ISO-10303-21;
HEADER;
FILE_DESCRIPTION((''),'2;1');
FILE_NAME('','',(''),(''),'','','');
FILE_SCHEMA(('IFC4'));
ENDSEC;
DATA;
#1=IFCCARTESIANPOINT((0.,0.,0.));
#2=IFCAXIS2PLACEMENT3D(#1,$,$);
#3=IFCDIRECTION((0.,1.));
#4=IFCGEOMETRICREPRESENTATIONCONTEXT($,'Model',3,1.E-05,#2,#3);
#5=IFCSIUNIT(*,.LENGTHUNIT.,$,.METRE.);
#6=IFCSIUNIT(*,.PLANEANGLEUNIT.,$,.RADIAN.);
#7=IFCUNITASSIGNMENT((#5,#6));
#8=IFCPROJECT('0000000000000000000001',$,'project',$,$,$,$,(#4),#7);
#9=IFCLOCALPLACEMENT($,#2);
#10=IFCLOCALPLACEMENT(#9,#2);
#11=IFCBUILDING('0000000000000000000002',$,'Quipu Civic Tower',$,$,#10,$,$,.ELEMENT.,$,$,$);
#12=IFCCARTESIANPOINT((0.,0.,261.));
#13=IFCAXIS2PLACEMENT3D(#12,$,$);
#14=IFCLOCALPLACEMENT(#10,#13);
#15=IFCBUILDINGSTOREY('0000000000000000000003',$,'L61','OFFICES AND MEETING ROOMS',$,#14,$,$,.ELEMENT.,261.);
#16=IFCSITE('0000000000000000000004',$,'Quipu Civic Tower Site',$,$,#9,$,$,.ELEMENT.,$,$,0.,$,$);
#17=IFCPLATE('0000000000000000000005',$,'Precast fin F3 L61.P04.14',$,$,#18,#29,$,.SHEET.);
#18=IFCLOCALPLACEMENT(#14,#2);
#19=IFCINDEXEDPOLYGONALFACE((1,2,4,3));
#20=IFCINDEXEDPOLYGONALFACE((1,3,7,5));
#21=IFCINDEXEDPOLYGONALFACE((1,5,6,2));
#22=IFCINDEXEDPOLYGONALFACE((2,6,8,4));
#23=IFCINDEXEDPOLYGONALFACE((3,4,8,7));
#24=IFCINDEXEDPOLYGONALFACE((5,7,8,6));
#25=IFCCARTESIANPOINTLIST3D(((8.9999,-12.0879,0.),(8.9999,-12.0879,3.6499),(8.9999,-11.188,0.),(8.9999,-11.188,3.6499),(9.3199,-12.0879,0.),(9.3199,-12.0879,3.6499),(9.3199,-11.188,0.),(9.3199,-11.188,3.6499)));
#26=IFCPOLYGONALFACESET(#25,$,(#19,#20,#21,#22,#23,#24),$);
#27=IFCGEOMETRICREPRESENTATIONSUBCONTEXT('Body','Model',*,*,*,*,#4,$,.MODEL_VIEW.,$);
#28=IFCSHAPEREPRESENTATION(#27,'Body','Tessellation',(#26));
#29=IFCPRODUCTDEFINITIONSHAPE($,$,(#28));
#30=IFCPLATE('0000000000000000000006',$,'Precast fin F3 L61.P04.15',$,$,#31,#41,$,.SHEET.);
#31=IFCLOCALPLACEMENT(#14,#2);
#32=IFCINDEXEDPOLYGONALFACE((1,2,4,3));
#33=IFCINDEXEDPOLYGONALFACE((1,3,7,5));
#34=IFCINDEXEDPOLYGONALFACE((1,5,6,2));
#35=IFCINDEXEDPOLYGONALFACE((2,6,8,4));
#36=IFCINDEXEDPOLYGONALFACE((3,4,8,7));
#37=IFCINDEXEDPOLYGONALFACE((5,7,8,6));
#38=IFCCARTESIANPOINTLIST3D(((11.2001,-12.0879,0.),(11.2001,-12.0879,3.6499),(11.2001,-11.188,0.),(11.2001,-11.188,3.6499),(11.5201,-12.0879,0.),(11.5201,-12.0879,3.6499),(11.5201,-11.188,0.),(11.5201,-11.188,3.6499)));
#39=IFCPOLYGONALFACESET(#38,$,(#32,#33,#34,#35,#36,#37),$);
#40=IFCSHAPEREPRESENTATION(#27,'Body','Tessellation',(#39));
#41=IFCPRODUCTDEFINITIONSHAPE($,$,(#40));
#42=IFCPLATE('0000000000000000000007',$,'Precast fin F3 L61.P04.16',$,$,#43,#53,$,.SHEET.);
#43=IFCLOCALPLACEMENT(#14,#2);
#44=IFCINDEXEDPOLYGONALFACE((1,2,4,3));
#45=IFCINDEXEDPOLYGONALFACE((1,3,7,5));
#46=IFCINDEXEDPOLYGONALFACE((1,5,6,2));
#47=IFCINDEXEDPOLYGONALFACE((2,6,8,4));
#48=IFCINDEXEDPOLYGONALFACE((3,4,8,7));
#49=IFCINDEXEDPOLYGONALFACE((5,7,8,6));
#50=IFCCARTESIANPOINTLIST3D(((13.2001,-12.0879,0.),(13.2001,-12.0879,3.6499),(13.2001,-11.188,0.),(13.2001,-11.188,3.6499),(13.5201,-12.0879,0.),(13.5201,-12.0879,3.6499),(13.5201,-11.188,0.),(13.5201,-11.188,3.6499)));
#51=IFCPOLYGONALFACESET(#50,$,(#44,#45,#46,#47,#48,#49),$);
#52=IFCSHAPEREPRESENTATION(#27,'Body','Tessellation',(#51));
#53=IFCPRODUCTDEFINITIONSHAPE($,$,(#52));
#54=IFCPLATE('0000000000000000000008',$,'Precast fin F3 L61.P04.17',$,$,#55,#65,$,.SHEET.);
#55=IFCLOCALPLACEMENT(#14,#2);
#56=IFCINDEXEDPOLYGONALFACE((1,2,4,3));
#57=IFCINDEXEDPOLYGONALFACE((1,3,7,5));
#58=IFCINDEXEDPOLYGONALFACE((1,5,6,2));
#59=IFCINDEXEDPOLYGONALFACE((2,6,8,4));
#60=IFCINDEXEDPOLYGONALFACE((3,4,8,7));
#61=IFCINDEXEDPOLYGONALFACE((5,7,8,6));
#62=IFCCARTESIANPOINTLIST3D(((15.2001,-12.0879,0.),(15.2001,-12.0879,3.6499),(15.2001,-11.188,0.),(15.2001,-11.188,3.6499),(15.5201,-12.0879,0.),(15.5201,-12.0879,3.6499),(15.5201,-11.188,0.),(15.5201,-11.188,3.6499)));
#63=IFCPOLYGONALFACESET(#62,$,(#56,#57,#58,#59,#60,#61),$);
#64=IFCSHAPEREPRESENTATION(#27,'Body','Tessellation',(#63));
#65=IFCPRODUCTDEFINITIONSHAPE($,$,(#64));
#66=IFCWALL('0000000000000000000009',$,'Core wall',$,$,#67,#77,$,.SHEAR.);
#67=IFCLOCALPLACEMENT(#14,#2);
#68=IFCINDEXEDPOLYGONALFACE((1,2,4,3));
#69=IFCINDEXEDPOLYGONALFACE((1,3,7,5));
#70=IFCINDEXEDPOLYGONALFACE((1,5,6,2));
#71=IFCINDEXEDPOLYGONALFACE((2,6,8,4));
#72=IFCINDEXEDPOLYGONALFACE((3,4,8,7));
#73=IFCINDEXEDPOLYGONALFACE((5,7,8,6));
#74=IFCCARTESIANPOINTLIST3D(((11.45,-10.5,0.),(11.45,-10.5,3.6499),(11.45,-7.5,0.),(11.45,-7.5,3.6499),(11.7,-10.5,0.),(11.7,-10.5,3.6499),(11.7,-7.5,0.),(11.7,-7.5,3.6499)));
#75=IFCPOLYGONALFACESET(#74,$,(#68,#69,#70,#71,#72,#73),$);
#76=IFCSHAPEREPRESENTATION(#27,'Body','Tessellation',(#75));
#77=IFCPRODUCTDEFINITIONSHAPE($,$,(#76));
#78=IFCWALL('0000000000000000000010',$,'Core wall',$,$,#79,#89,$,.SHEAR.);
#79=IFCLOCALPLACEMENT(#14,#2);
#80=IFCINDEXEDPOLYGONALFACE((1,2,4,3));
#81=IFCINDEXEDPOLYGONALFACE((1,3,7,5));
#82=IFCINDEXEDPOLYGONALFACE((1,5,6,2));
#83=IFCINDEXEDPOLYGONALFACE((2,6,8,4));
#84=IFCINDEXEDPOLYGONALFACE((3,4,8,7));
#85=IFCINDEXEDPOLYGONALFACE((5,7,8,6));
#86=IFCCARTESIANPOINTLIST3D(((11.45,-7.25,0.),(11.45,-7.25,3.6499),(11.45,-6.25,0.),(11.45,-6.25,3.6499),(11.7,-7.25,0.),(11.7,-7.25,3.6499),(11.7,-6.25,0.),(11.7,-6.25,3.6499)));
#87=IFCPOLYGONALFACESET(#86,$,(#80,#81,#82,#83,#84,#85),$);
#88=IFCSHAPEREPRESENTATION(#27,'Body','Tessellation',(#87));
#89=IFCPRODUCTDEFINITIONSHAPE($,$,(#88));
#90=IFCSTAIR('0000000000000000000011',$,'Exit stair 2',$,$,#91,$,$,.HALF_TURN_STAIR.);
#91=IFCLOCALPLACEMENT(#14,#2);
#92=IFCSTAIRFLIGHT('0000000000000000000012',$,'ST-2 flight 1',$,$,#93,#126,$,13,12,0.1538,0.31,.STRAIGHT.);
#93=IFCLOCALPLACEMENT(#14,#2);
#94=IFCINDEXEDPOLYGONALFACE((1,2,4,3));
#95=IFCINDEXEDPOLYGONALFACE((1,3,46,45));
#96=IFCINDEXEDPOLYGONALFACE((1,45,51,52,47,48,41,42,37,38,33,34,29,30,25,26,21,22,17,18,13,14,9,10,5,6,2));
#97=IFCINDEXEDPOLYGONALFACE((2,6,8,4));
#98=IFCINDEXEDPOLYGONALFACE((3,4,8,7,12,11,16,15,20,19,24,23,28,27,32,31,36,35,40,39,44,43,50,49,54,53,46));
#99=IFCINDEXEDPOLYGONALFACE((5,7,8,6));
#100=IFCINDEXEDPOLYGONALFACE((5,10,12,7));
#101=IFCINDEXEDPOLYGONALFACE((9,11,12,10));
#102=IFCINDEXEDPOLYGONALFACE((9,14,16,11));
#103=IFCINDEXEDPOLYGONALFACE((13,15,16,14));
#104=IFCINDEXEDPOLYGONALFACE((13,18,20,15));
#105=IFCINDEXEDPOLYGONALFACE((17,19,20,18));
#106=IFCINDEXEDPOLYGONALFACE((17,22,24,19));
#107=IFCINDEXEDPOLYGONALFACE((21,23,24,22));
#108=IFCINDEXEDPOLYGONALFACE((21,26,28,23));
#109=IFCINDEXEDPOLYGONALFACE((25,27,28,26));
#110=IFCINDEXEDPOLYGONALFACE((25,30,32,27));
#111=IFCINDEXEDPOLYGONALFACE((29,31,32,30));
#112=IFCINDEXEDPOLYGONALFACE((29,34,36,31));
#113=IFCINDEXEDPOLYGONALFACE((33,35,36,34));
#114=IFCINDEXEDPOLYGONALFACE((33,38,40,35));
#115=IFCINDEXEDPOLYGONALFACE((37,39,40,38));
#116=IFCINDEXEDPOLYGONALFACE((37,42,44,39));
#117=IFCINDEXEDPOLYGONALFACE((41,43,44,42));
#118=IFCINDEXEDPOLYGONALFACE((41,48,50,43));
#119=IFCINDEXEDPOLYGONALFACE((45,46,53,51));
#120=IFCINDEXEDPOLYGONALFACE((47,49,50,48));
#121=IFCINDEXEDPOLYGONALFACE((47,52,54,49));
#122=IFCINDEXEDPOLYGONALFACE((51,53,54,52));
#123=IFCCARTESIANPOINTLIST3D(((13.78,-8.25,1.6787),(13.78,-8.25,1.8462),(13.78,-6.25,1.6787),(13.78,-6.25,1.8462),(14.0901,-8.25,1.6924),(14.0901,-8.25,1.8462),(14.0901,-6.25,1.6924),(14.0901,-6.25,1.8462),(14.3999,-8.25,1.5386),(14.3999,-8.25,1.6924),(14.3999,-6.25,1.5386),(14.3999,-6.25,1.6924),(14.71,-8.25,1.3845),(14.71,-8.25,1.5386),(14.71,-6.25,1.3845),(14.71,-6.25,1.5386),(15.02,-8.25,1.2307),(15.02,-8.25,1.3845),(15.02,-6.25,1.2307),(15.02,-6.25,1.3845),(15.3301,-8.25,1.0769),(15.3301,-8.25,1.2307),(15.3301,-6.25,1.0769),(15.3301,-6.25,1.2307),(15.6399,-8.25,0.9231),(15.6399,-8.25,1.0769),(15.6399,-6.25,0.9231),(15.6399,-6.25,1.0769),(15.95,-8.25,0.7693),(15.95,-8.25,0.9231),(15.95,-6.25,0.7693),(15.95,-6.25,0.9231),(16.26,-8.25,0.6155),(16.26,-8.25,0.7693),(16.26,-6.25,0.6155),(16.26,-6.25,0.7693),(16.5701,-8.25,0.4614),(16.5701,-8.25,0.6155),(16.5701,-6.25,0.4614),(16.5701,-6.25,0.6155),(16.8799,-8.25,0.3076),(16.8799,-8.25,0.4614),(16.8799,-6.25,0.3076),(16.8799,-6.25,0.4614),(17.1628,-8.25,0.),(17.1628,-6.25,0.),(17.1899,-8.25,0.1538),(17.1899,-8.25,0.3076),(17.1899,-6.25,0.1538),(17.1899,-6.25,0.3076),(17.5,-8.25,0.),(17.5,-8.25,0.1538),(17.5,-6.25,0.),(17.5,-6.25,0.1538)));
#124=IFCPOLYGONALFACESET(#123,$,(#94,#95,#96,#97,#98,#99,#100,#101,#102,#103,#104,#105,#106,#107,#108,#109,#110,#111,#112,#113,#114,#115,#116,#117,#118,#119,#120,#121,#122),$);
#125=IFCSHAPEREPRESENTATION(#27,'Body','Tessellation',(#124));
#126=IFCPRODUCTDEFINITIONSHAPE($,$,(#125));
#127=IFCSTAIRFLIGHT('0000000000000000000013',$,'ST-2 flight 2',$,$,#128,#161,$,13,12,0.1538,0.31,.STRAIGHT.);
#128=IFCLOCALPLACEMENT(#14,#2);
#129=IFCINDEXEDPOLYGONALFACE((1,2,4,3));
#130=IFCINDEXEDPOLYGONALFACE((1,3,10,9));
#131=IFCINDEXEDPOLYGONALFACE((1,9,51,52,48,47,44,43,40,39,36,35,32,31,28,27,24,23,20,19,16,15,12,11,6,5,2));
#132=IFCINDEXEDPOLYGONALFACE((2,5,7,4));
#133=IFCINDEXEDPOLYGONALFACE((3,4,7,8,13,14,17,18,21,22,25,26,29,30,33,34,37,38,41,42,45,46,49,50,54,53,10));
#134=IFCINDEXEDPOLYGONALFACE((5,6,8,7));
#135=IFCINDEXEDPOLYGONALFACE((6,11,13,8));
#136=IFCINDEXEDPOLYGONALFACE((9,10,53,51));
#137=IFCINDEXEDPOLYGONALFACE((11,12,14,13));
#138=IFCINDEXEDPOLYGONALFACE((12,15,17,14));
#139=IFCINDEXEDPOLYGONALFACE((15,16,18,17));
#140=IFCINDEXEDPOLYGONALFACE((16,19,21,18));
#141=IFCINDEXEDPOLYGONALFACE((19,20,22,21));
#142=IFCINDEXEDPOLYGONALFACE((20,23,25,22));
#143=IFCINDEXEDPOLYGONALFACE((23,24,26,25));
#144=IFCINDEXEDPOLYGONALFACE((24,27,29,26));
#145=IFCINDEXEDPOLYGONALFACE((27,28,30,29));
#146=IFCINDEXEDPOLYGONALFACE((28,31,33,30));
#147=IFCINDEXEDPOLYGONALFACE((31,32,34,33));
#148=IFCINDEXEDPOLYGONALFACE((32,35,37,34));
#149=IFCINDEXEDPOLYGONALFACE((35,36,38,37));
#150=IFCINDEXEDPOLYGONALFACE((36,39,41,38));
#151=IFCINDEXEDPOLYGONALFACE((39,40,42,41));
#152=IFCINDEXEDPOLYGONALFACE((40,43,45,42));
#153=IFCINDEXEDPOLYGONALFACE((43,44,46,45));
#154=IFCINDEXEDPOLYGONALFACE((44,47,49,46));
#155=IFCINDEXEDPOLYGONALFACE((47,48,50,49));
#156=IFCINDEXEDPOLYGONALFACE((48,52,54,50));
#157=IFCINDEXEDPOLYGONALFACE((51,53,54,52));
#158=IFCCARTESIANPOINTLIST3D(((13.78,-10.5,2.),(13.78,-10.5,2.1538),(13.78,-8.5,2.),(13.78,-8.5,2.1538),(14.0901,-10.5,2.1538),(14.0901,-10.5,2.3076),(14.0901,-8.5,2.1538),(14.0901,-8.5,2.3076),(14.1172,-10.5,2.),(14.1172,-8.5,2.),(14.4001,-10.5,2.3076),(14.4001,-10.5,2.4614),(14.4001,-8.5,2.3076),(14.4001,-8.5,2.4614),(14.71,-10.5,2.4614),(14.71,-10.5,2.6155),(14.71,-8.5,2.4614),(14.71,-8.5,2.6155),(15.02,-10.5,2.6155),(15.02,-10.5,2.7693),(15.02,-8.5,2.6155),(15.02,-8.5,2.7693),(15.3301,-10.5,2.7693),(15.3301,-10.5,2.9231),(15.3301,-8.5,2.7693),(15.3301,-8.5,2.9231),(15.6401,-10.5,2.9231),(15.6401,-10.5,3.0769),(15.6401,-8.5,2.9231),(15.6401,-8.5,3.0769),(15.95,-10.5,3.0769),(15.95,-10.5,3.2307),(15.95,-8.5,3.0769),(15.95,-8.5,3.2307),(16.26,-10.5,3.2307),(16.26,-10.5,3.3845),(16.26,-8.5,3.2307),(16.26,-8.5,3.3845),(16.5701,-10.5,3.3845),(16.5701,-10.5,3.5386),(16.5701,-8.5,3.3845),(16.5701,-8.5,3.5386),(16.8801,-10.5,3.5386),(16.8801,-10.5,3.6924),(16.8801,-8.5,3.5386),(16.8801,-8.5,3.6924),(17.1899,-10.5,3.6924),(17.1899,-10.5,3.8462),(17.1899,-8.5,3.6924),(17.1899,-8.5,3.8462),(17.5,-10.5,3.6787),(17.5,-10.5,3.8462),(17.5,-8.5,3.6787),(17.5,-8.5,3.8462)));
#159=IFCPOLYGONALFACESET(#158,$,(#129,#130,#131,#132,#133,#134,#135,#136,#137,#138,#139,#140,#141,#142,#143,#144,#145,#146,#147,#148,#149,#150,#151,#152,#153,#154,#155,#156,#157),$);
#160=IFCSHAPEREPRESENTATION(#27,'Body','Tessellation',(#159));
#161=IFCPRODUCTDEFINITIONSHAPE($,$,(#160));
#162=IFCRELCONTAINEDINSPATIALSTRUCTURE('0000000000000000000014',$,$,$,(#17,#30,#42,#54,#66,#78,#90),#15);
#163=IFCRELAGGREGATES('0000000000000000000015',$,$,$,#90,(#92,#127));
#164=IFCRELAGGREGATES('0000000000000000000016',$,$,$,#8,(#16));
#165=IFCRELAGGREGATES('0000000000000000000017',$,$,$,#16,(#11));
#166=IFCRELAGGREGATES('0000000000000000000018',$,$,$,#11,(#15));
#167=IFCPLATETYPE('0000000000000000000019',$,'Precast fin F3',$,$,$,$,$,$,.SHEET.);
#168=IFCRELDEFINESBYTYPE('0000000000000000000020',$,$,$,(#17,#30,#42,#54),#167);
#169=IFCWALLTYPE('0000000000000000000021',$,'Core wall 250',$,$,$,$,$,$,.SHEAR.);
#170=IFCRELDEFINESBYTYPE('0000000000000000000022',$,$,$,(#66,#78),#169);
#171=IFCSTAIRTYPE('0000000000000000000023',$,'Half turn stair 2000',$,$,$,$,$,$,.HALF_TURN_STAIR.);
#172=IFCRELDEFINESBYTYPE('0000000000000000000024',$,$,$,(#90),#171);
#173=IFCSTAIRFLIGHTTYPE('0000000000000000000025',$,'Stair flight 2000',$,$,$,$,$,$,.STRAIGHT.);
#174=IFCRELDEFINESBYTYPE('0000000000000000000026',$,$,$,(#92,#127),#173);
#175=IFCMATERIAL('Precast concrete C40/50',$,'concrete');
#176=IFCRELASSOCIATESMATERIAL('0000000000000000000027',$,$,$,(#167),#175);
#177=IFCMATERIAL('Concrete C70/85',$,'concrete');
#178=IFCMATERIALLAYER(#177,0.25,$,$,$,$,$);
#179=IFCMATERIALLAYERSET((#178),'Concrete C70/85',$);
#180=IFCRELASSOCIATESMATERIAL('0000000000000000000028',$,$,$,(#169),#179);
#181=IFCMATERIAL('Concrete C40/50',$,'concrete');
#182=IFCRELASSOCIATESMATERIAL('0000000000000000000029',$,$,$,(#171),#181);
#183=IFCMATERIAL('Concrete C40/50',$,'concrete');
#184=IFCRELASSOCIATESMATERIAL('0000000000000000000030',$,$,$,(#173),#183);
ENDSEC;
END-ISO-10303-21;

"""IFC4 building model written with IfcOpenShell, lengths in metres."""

from ifc_helpers import new_model, si_unit, direction, frame, frame_2d, origin, origin_2d, place, context, subcontext, project, spatial, polyline, rectangle, outline, extrude, material, layer, layer_set, type_object, element, aggregate, save


model = new_model("IFC4")

# Units and contexts
model_context = context("Model", 3, precision=1e-05, world=origin(), true_north=direction((0.0, 1.0)))
body_context = subcontext(model_context, "Body", "Model", "MODEL_VIEW")
ifc_project = project(units=[si_unit("LENGTHUNIT", "METRE"), si_unit("PLANEANGLEUNIT", "RADIAN")], contexts=[model_context])

# Site, building, storey
site_placement = place(None, origin())
site = spatial("IfcSite", under=ifc_project, at=site_placement, Name="Quipu Civic Tower Site", CompositionType="ELEMENT", RefElevation=0.0)
building_placement = place(site_placement, origin())
building = spatial("IfcBuilding", under=site, at=building_placement, Name="Quipu Civic Tower", CompositionType="ELEMENT")
storey_placement = place(building_placement, frame((0.0, 0.0, 261.0)))
storey = spatial("IfcBuildingStorey", under=building, at=storey_placement, Name="L61", Description="OFFICES AND MEETING ROOMS", CompositionType="ELEMENT", Elevation=261.0)

# Plates
ifc_material_1 = material(Name="Precast concrete C40/50", Category="concrete")
plate_type = type_object("IfcPlateType", Name="Precast fin F3", PredefinedType="SHEET", material=ifc_material_1)
for number, where, z_axis, x_axis, name in (
    (1, (9.1599, -11.6379, 0.0), (0.0, 0.0, 1.0), (1.0, 0.0, 0.0), "Precast fin F3 L61.P04.14"),
    (2, (11.3601, -11.6379, 0.0), (0.0, 0.0, 1.0), (1.0, 0.0, 0.0), "Precast fin F3 L61.P04.15"),
    (3, (13.3601, -11.6379, 0.0), (0.0, 0.0, 1.0), (1.0, 0.0, 0.0), "Precast fin F3 L61.P04.16"),
    (4, (15.3601, -11.6379, 0.0), (0.0, 0.0, 1.0), (1.0, 0.0, 0.0), "Precast fin F3 L61.P04.17"),
):
    element("IfcPlate", number, at=place(storey_placement, frame(where, z_axis=z_axis, x_axis=x_axis)), inside=storey, type_object=plate_type, Name=name, PredefinedType="SHEET", context=body_context, shape_type="SweptSolid", body=[
        extrude(rectangle(XDim=0.3201, YDim=0.8999, at=origin_2d()), origin(), (0.0, 0.0, 1.0), 3.6499),
    ])

# Wall
ifc_material_2 = material(Name="Concrete C70/85", Category="concrete")
ifc_layer = layer(ifc_material_2, 0.25)
ifc_layer_set = layer_set([ifc_layer], Name="Concrete C70/85")
wall_type = type_object("IfcWallType", Name="Core wall 250", PredefinedType="SHEAR", material=ifc_layer_set)
wall_1_placement = place(storey_placement, frame((11.575, -10.5, 0.0), z_axis=(0.0, 0.0, 1.0), x_axis=(0.0, 1.0, 0.0)))
element("IfcWall", 5, at=wall_1_placement, inside=storey, type_object=wall_type, Name="Core wall", PredefinedType="SHEAR", context=body_context, shape_type="SweptSolid", body=[
    extrude(rectangle(XDim=3.0, YDim=0.25, at=frame_2d((1.5, 0.0))), origin(), (0.0, 0.0, 1.0), 3.6499),
])

# Wall
wall_2_placement = place(storey_placement, frame((11.575, -7.25, 0.0), z_axis=(0.0, 0.0, 1.0), x_axis=(0.0, 1.0, 0.0)))
element("IfcWall", 6, at=wall_2_placement, inside=storey, type_object=wall_type, Name="Core wall", PredefinedType="SHEAR", context=body_context, shape_type="SweptSolid", body=[
    extrude(rectangle(XDim=1.0, YDim=0.25, at=frame_2d((0.5, 0.0))), origin(), (0.0, 0.0, 1.0), 3.6499),
])

# Stair, stair flights
ifc_material_3 = material(Name="Concrete C40/50", Category="concrete")
stair_type = type_object("IfcStairType", Name="Half turn stair 2000", PredefinedType="HALF_TURN_STAIR", material=ifc_material_3)
stair_placement = place(storey_placement, origin())
stair = element("IfcStair", 7, at=stair_placement, inside=storey, type_object=stair_type, Name="Exit stair 2", PredefinedType="HALF_TURN_STAIR")
ifc_material_4 = material(Name="Concrete C40/50", Category="concrete")
stair_flight_type = type_object("IfcStairFlightType", Name="Stair flight 2000", PredefinedType="STRAIGHT", material=ifc_material_4)
stair_flight_1_placement = place(storey_placement, frame((17.5, -7.25, 0.0), z_axis=(0.0, 0.0, 1.0), x_axis=(-1.0, 0.0, 0.0)))
stair_flight_1 = element("IfcStairFlight", 8, at=stair_flight_1_placement, type_object=stair_flight_type, Name="ST-2 flight 1", NumberOfRisers=13, NumberOfTreads=12, PredefinedType="STRAIGHT", RiserHeight=0.1538, TreadLength=0.31, context=body_context, shape_type="SweptSolid", body=[
    extrude(outline(polyline([(0.0, 0.0), (0.0, 0.1538), (0.3101, 0.1538), (0.3101, 0.3076), (0.6201, 0.3076), (0.6201, 0.4614), (0.9299, 0.4614), (0.9299, 0.6155), (1.24, 0.6155), (1.24, 0.7693), (1.55, 0.7693), (1.55, 0.9231), (1.8601, 0.9231), (1.8601, 1.0769), (2.1699, 1.0769), (2.1699, 1.2307), (2.48, 1.2307), (2.48, 1.3845), (2.79, 1.3845), (2.79, 1.5386), (3.1001, 1.5386), (3.1001, 1.6924), (3.4099, 1.6924), (3.4099, 1.8462), (3.72, 1.8462), (3.72, 2.0), (3.72, 1.6787), (0.3372, 0.0), (0.0, 0.0)])), frame((0.0, 1.0, 0.0), z_axis=(0.0, -1.0, 0.0), x_axis=(1.0, 0.0, 0.0)), (0.0, 0.0, 1.0), 2.0),
])
stair_flight_2_placement = place(storey_placement, frame((13.78, -9.5, 2.0), z_axis=(0.0, 0.0, 1.0), x_axis=(1.0, 0.0, 0.0)))
stair_flight_2 = element("IfcStairFlight", 9, at=stair_flight_2_placement, type_object=stair_flight_type, Name="ST-2 flight 2", NumberOfRisers=13, NumberOfTreads=12, PredefinedType="STRAIGHT", RiserHeight=0.1538, TreadLength=0.31, context=body_context, shape_type="SweptSolid", body=[
    extrude(outline(polyline([(0.0, 0.0), (0.0, 0.1538), (0.3101, 0.1538), (0.3101, 0.3076), (0.6201, 0.3076), (0.6201, 0.4614), (0.9299, 0.4614), (0.9299, 0.6155), (1.24, 0.6155), (1.24, 0.7693), (1.55, 0.7693), (1.55, 0.9231), (1.8601, 0.9231), (1.8601, 1.0769), (2.1699, 1.0769), (2.1699, 1.2307), (2.48, 1.2307), (2.48, 1.3845), (2.79, 1.3845), (2.79, 1.5386), (3.1001, 1.5386), (3.1001, 1.6924), (3.4099, 1.6924), (3.4099, 1.8462), (3.72, 1.8462), (3.72, 2.0), (3.72, 1.6787), (0.3372, 0.0), (0.0, 0.0)])), frame((0.0, 1.0, 0.0), z_axis=(0.0, -1.0, 0.0), x_axis=(1.0, 0.0, 0.0)), (0.0, 0.0, 1.0), 2.0),
])
aggregate(stair, [stair_flight_1, stair_flight_2])

save(model, "model.ifc")
